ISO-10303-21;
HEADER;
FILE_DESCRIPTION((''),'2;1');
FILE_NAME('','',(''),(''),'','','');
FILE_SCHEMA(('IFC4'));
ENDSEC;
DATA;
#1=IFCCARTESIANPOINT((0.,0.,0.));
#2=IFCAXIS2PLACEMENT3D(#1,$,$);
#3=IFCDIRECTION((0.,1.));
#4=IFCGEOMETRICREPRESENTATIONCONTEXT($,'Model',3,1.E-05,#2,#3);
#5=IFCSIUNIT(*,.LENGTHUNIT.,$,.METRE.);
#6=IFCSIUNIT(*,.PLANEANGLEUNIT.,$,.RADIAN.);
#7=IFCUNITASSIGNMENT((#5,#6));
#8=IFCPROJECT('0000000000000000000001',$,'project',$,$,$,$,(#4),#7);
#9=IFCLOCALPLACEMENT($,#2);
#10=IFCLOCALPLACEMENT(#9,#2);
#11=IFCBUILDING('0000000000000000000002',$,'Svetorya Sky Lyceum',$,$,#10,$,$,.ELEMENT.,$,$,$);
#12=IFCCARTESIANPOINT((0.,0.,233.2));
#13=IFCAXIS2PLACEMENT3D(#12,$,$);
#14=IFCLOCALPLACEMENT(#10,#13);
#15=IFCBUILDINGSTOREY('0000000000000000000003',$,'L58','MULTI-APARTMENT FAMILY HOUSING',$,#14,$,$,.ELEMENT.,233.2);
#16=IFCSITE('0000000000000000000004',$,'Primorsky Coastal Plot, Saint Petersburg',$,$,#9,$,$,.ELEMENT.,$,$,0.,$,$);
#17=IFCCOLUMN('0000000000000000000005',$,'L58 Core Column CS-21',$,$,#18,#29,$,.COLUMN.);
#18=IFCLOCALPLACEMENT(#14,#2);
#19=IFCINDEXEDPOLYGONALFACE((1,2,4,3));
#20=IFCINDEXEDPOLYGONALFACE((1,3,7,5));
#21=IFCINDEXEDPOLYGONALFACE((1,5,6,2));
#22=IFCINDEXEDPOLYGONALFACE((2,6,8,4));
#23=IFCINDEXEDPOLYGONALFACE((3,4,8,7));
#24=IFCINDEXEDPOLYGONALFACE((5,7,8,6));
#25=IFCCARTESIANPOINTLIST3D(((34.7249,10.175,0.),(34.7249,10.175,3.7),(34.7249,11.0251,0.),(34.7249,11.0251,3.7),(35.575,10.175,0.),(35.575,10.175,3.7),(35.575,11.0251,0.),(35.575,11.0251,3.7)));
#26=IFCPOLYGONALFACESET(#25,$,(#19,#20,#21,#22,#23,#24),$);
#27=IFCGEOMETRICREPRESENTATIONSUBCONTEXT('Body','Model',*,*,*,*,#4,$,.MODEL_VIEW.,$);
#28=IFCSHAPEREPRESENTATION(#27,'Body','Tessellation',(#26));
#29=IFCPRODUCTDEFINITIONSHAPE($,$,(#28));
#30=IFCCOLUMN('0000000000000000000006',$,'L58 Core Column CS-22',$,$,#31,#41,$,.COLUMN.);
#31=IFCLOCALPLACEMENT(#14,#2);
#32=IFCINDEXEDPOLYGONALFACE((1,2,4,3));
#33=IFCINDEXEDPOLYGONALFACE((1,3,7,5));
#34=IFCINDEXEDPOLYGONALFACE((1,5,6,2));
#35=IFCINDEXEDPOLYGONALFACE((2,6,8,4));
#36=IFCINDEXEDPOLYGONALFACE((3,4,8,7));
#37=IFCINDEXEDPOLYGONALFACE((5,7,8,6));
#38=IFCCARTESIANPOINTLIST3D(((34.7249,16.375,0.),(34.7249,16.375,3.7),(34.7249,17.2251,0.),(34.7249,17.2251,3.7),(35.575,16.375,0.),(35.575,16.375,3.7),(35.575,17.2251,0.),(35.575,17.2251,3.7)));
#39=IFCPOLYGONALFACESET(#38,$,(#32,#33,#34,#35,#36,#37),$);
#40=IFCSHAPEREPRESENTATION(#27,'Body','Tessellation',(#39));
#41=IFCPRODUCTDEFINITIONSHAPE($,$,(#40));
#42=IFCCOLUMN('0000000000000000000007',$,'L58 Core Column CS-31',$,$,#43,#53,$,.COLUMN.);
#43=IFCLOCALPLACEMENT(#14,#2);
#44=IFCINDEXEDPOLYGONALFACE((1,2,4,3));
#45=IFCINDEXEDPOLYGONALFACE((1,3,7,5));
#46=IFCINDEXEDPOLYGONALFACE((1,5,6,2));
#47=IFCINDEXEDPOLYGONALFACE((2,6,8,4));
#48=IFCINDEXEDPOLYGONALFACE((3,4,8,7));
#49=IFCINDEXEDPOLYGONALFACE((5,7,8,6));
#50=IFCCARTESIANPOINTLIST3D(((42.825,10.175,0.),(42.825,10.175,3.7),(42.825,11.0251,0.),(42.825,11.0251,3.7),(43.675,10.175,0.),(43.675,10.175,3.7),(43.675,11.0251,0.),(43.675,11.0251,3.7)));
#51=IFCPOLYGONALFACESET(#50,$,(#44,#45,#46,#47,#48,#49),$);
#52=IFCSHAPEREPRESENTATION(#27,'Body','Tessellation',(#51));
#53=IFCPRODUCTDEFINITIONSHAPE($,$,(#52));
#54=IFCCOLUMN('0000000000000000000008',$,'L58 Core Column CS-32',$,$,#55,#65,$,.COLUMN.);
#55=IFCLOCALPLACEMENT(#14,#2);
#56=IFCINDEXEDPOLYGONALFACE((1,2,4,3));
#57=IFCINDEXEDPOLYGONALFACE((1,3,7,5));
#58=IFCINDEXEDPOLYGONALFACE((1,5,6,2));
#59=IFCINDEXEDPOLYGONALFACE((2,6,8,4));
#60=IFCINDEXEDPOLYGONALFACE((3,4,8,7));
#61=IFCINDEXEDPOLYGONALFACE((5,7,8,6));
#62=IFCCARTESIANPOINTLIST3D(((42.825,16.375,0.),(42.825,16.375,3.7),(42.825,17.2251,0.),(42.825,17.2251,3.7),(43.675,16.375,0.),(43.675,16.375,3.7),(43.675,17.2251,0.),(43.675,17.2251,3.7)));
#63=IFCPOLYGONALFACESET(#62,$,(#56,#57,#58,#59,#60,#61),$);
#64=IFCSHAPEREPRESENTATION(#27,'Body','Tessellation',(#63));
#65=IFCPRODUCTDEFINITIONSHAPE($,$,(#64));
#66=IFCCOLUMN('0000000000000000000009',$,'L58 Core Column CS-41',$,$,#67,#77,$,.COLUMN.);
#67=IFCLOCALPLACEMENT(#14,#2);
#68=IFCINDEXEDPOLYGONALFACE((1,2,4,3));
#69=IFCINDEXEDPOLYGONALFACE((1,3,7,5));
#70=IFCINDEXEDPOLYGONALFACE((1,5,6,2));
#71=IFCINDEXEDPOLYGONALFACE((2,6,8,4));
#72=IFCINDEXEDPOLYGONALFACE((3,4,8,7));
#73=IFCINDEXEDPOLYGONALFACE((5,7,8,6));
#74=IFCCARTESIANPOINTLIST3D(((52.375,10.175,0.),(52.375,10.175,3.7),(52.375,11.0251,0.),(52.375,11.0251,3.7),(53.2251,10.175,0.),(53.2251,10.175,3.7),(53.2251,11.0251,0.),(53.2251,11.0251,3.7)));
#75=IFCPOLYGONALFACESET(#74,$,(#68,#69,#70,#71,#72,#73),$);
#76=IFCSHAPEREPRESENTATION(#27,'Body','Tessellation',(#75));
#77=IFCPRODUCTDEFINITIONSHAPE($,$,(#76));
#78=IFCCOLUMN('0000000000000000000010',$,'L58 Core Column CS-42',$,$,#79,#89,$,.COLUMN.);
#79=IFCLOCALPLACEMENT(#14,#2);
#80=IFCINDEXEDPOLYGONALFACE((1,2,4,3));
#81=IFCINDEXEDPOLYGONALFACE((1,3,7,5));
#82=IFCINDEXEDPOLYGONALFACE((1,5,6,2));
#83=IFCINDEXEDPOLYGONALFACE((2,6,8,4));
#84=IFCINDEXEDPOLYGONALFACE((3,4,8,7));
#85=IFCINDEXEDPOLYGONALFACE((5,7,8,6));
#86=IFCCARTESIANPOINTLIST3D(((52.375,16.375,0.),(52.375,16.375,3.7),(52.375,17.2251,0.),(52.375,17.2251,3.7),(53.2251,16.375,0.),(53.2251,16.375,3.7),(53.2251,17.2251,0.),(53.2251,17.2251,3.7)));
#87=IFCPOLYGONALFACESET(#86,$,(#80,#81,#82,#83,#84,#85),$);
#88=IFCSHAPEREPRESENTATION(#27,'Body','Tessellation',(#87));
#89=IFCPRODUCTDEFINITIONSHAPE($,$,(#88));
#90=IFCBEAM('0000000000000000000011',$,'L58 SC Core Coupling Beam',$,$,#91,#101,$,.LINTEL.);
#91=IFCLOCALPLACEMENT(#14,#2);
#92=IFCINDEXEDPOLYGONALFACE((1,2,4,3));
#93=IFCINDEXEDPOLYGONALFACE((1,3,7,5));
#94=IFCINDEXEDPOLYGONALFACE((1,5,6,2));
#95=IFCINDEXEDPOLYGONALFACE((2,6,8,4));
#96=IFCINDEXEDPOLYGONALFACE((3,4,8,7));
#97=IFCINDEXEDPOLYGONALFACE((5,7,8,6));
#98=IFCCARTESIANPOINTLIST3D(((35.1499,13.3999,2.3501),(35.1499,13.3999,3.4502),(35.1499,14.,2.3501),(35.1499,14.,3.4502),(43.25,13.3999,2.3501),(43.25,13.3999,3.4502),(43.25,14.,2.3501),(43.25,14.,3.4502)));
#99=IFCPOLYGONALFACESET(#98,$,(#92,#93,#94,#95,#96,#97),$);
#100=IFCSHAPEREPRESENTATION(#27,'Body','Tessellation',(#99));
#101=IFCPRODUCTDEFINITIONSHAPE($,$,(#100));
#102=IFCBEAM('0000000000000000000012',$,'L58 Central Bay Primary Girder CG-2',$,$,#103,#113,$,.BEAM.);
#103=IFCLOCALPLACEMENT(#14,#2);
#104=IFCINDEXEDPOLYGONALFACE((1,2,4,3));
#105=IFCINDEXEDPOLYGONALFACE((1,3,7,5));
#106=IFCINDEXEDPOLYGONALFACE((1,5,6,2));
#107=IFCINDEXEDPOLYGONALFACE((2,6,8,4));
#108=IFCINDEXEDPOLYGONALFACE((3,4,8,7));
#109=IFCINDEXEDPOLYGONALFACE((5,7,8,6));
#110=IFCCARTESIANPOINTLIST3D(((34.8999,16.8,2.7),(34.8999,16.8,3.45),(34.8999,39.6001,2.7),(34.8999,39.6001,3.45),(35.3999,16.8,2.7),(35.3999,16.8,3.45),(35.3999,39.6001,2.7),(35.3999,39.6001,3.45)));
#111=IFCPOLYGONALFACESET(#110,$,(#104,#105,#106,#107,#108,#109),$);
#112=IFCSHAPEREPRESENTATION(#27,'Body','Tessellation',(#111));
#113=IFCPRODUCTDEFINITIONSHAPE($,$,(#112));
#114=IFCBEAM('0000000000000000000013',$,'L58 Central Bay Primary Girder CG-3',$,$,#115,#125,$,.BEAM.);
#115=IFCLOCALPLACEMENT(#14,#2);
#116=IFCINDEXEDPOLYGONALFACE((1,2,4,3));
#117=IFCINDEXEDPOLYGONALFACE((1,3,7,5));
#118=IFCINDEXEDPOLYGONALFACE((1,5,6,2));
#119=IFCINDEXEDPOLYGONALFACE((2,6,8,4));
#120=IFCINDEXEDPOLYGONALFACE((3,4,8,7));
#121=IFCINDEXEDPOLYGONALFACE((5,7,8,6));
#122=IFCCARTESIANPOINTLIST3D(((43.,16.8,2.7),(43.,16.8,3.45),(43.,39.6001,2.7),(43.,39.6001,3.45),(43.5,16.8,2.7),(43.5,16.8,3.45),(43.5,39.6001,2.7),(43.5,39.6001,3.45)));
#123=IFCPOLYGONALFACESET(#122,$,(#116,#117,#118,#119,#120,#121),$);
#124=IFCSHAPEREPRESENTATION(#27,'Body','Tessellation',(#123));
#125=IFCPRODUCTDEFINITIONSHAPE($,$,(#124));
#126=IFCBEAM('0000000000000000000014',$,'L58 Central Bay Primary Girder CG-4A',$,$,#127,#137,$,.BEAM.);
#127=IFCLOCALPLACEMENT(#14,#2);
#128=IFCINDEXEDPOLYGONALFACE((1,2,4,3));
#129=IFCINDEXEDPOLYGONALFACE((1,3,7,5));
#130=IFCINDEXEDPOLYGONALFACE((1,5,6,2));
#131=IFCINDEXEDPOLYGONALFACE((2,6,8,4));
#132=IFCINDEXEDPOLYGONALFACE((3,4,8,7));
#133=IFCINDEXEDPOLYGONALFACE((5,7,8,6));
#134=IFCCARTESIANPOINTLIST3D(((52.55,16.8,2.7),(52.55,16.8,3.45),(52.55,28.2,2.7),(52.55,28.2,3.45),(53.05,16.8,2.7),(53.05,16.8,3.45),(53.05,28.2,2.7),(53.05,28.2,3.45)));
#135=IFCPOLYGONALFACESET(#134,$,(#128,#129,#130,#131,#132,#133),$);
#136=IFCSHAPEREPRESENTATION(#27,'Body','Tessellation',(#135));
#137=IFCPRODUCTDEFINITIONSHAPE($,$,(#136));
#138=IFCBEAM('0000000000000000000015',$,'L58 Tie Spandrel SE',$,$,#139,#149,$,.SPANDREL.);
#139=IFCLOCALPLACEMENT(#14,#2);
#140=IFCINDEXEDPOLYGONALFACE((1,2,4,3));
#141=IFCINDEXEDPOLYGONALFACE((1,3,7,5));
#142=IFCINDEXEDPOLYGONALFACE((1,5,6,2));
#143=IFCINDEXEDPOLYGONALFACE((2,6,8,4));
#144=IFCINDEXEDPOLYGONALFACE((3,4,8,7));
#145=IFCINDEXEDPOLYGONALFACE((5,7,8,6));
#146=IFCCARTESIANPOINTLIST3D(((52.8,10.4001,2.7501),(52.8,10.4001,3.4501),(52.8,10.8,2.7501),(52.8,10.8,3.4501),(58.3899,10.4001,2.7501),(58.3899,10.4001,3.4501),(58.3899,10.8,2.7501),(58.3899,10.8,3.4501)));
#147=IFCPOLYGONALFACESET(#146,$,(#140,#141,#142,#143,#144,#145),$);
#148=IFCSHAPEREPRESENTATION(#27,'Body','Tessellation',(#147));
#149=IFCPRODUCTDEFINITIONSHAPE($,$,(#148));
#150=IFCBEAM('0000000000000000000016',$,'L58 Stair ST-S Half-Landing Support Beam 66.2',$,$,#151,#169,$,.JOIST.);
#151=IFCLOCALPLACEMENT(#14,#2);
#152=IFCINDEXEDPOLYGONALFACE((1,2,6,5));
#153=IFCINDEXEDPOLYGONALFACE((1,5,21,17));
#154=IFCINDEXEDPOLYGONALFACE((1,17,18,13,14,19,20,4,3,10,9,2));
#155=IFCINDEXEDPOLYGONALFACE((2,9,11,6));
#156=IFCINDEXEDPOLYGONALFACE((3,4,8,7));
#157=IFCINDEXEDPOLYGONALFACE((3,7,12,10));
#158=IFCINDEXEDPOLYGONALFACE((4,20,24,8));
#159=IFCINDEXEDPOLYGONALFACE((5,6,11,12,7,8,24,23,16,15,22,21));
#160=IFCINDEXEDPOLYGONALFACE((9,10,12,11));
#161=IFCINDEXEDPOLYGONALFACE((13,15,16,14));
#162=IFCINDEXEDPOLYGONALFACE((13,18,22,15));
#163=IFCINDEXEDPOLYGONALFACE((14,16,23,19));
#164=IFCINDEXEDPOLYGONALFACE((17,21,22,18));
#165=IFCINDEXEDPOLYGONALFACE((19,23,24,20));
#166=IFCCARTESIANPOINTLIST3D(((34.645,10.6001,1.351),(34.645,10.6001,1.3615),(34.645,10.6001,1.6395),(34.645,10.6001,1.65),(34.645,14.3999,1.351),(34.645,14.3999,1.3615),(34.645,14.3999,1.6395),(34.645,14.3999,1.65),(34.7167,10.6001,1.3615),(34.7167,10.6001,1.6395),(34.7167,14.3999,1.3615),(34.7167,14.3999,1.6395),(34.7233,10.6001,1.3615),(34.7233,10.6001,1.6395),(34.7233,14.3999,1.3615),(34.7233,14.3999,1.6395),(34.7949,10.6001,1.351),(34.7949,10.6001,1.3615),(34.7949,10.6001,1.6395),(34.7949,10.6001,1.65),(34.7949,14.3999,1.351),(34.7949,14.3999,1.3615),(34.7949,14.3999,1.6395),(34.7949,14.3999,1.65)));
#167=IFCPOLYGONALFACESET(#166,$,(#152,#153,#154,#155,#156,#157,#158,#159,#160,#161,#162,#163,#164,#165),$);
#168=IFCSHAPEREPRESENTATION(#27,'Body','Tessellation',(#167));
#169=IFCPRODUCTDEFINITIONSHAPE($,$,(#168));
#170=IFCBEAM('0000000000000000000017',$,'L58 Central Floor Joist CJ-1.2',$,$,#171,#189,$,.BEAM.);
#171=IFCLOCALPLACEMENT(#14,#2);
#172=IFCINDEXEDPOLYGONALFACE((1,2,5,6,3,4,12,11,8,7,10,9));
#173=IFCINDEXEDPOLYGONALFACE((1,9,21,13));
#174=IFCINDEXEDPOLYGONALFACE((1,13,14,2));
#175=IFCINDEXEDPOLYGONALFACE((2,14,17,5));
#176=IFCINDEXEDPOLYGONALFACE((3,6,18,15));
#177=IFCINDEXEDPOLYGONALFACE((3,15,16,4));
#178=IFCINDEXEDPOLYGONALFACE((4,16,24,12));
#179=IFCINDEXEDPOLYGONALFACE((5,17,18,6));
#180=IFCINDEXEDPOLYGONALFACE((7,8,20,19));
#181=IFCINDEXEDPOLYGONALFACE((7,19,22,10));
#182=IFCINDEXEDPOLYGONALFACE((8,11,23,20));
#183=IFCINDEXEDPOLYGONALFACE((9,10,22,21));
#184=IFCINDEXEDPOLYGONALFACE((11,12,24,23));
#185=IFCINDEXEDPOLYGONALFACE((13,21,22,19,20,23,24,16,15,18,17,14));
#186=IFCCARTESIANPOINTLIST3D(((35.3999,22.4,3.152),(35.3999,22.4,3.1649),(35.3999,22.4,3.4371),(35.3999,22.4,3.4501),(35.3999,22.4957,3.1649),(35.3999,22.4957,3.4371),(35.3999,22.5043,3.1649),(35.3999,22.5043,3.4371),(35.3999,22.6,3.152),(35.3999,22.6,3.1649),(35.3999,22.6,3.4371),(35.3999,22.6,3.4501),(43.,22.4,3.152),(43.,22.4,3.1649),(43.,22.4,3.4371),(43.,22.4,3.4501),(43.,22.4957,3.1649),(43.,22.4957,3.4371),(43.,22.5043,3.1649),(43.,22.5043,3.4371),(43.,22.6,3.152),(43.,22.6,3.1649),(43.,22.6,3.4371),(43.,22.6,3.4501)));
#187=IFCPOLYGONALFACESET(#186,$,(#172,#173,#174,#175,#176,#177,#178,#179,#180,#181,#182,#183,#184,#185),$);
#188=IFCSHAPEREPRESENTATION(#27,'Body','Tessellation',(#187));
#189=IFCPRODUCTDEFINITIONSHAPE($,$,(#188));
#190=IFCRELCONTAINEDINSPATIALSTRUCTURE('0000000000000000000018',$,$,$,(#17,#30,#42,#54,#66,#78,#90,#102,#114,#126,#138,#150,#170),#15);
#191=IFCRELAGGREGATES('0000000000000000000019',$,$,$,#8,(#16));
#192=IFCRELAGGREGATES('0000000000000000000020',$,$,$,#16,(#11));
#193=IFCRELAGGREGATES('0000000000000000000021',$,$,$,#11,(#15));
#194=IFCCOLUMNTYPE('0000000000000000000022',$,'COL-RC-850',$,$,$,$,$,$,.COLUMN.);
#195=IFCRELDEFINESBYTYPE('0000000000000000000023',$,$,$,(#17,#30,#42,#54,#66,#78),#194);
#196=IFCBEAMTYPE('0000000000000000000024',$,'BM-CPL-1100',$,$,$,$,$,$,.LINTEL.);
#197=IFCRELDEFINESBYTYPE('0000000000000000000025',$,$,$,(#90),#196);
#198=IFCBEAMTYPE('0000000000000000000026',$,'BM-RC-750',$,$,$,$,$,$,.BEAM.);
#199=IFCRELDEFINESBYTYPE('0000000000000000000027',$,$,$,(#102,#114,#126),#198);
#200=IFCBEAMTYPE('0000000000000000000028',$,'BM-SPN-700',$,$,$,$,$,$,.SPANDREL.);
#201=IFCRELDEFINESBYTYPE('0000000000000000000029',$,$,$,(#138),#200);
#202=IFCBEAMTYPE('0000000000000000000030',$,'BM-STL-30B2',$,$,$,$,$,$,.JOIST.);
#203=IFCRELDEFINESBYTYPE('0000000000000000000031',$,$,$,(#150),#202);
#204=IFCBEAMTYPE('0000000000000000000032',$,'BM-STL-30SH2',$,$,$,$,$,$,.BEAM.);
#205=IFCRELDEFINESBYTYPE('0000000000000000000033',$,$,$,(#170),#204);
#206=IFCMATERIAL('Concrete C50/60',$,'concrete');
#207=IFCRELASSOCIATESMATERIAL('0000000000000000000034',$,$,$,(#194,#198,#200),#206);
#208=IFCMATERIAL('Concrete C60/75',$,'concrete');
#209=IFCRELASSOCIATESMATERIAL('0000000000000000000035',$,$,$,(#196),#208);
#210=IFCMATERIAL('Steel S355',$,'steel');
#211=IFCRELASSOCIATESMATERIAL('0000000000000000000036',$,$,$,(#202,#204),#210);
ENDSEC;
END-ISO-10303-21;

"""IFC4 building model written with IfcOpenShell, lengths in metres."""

from ifc_helpers import new_model, si_unit, direction, frame, origin, origin_2d, place, context, subcontext, project, spatial, rectangle, i_section, extrude, material, material_profile, profile_set, type_object, element, save


model = new_model("IFC4")

# Units and contexts
model_context = context("Model", 3, precision=1e-05, world=origin(), true_north=direction((0.0, 1.0)))
body_context = subcontext(model_context, "Body", "Model", "MODEL_VIEW")
ifc_project = project(units=[si_unit("LENGTHUNIT", "METRE"), si_unit("PLANEANGLEUNIT", "RADIAN")], contexts=[model_context])

# Site, building, storey
site_placement = place(None, origin())
site = spatial("IfcSite", under=ifc_project, at=site_placement, Name="Primorsky Coastal Plot, Saint Petersburg", CompositionType="ELEMENT", RefElevation=0.0)
building_placement = place(site_placement, origin())
building = spatial("IfcBuilding", under=site, at=building_placement, Name="Svetorya Sky Lyceum", CompositionType="ELEMENT")
storey_placement = place(building_placement, frame((0.0, 0.0, 233.2)))
storey = spatial("IfcBuildingStorey", under=building, at=storey_placement, Name="L58", Description="MULTI-APARTMENT FAMILY HOUSING", CompositionType="ELEMENT", Elevation=233.2)

# Columns
ifc_material_1 = material(Name="Concrete C50/60", Category="concrete")
ifc_material_profile_1 = material_profile(ifc_material_1, rectangle(XDim=0.8501, YDim=0.8501, at=origin_2d()), Name="RC COL 850x850")
ifc_profile_set_1 = profile_set([ifc_material_profile_1], Name="Concrete C50/60")
column_type = type_object("IfcColumnType", Name="COL-RC-850", PredefinedType="COLUMN", material=ifc_profile_set_1)
for number, where, z_axis, x_axis, name in (
    (1, (35.1499, 10.6001, 0.0), (0.0, 0.0, 1.0), (1.0, 0.0, 0.0), "L58 Core Column CS-21"),
    (2, (35.1499, 16.8, 0.0), (0.0, 0.0, 1.0), (1.0, 0.0, 0.0), "L58 Core Column CS-22"),
    (3, (43.25, 10.6001, 0.0), (0.0, 0.0, 1.0), (1.0, 0.0, 0.0), "L58 Core Column CS-31"),
    (4, (43.25, 16.8, 0.0), (0.0, 0.0, 1.0), (1.0, 0.0, 0.0), "L58 Core Column CS-32"),
    (5, (52.8, 10.6001, 0.0), (0.0, 0.0, 1.0), (1.0, 0.0, 0.0), "L58 Core Column CS-41"),
    (6, (52.8, 16.8, 0.0), (0.0, 0.0, 1.0), (1.0, 0.0, 0.0), "L58 Core Column CS-42"),
):
    element("IfcColumn", number, at=place(storey_placement, frame(where, z_axis=z_axis, x_axis=x_axis)), inside=storey, type_object=column_type, Name=name, PredefinedType="COLUMN", context=body_context, shape_type="SweptSolid", body=[
        extrude(rectangle(XDim=0.8501, YDim=0.8501, at=origin_2d()), origin(), (0.0, 0.0, 1.0), 3.7),
    ])

# Beams
ifc_material_2 = material(Name="Concrete C60/75", Category="concrete")
ifc_material_profile_2 = material_profile(ifc_material_2, rectangle(XDim=0.6001, YDim=1.1001, at=origin_2d()), Name="RC COUPLING 600x1100")
ifc_profile_set_2 = profile_set([ifc_material_profile_2], Name="Concrete C60/75")
beam_type_1 = type_object("IfcBeamType", Name="BM-CPL-1100", PredefinedType="LINTEL", material=ifc_profile_set_2)
beam_1_placement = place(storey_placement, frame((35.1499, 13.7, 2.9001), z_axis=(1.0, 0.0, 0.0), x_axis=(0.0, 1.0, 0.0)))
element("IfcBeam", 7, at=beam_1_placement, inside=storey, type_object=beam_type_1, Name="L58 SC Core Coupling Beam", PredefinedType="LINTEL", context=body_context, shape_type="SweptSolid", body=[
    extrude(rectangle(XDim=0.6001, YDim=1.1001, at=origin_2d()), origin(), (0.0, 0.0, 1.0), 8.1001),
])
ifc_material_profile_3 = material_profile(ifc_material_1, rectangle(XDim=0.5, YDim=0.75, at=origin_2d()), Name="RC BEAM 500x750")
ifc_profile_set_3 = profile_set([ifc_material_profile_3], Name="Concrete C50/60")
beam_type_2 = type_object("IfcBeamType", Name="BM-RC-750", PredefinedType="BEAM", material=ifc_profile_set_3)
for number, where, z_axis, x_axis, name in (
    (8, (35.1499, 16.8, 3.075), (0.0, 1.0, 0.0), (-1.0, 0.0, 0.0), "L58 Central Bay Primary Girder CG-2"),
    (9, (43.25, 16.8, 3.075), (0.0, 1.0, 0.0), (-1.0, 0.0, 0.0), "L58 Central Bay Primary Girder CG-3"),
):
    element("IfcBeam", number, at=place(storey_placement, frame(where, z_axis=z_axis, x_axis=x_axis)), inside=storey, type_object=beam_type_2, Name=name, PredefinedType="BEAM", context=body_context, shape_type="SweptSolid", body=[
        extrude(rectangle(XDim=0.5, YDim=0.75, at=origin_2d()), origin(), (0.0, 0.0, 1.0), 22.8),
    ])
beam_2_placement = place(storey_placement, frame((52.8, 16.8, 3.075), z_axis=(0.0, 1.0, 0.0), x_axis=(-1.0, 0.0, 0.0)))
element("IfcBeam", 10, at=beam_2_placement, inside=storey, type_object=beam_type_2, Name="L58 Central Bay Primary Girder CG-4A", PredefinedType="BEAM", context=body_context, shape_type="SweptSolid", body=[
    extrude(rectangle(XDim=0.5, YDim=0.75, at=origin_2d()), origin(), (0.0, 0.0, 1.0), 11.3999),
])
ifc_material_profile_4 = material_profile(ifc_material_1, rectangle(XDim=0.3999, YDim=0.7, at=origin_2d()), Name="RC SPANDREL 400x700")
ifc_profile_set_4 = profile_set([ifc_material_profile_4], Name="Concrete C50/60")
beam_type_3 = type_object("IfcBeamType", Name="BM-SPN-700", PredefinedType="SPANDREL", material=ifc_profile_set_4)
beam_3_placement = place(storey_placement, frame((52.8, 10.6001, 3.1001), z_axis=(1.0, 0.0, 0.0), x_axis=(0.0, 1.0, 0.0)))
element("IfcBeam", 11, at=beam_3_placement, inside=storey, type_object=beam_type_3, Name="L58 Tie Spandrel SE", PredefinedType="SPANDREL", context=body_context, shape_type="SweptSolid", body=[
    extrude(rectangle(XDim=0.3999, YDim=0.7, at=origin_2d()), origin(), (0.0, 0.0, 1.0), 5.5898),
])
ifc_material_3 = material(Name="Steel S355", Category="steel")
ifc_material_profile_5 = material_profile(ifc_material_3, i_section(OverallWidth=0.1499, OverallDepth=0.2991, WebThickness=0.0066, FlangeThickness=0.0105, at=origin_2d()), Name="GOST 30B2")
ifc_profile_set_5 = profile_set([ifc_material_profile_5], Name="Steel S355")
beam_type_4 = type_object("IfcBeamType", Name="BM-STL-30B2", PredefinedType="JOIST", material=ifc_profile_set_5)
beam_4_placement = place(storey_placement, frame((34.72, 10.6001, 1.5005), z_axis=(0.0, 1.0, 0.0), x_axis=(-1.0, 0.0, 0.0)))
element("IfcBeam", 12, at=beam_4_placement, inside=storey, type_object=beam_type_4, Name="L58 Stair ST-S Half-Landing Support Beam 66.2", PredefinedType="JOIST", context=body_context, shape_type="SweptSolid", body=[
    extrude(i_section(OverallWidth=0.1499, OverallDepth=0.2991, WebThickness=0.0066, FlangeThickness=0.0105, at=origin_2d()), origin(), (0.0, 0.0, 1.0), 3.7998),
])
ifc_material_profile_6 = material_profile(ifc_material_3, i_section(OverallWidth=0.2, OverallDepth=0.2981, WebThickness=0.0085, FlangeThickness=0.0129, at=origin_2d()), Name="GOST 30Sh2")
ifc_profile_set_6 = profile_set([ifc_material_profile_6], Name="Steel S355")
beam_type_5 = type_object("IfcBeamType", Name="BM-STL-30SH2", PredefinedType="BEAM", material=ifc_profile_set_6)
beam_5_placement = place(storey_placement, frame((35.3999, 22.5, 3.301), z_axis=(1.0, 0.0, 0.0), x_axis=(0.0, 1.0, 0.0)))
element("IfcBeam", 13, at=beam_5_placement, inside=storey, type_object=beam_type_5, Name="L58 Central Floor Joist CJ-1.2", PredefinedType="BEAM", context=body_context, shape_type="SweptSolid", body=[
    extrude(i_section(OverallWidth=0.2, OverallDepth=0.2981, WebThickness=0.0085, FlangeThickness=0.0129, at=origin_2d()), origin(), (0.0, 0.0, 1.0), 7.6001),
])

save(model, "model.ifc")
